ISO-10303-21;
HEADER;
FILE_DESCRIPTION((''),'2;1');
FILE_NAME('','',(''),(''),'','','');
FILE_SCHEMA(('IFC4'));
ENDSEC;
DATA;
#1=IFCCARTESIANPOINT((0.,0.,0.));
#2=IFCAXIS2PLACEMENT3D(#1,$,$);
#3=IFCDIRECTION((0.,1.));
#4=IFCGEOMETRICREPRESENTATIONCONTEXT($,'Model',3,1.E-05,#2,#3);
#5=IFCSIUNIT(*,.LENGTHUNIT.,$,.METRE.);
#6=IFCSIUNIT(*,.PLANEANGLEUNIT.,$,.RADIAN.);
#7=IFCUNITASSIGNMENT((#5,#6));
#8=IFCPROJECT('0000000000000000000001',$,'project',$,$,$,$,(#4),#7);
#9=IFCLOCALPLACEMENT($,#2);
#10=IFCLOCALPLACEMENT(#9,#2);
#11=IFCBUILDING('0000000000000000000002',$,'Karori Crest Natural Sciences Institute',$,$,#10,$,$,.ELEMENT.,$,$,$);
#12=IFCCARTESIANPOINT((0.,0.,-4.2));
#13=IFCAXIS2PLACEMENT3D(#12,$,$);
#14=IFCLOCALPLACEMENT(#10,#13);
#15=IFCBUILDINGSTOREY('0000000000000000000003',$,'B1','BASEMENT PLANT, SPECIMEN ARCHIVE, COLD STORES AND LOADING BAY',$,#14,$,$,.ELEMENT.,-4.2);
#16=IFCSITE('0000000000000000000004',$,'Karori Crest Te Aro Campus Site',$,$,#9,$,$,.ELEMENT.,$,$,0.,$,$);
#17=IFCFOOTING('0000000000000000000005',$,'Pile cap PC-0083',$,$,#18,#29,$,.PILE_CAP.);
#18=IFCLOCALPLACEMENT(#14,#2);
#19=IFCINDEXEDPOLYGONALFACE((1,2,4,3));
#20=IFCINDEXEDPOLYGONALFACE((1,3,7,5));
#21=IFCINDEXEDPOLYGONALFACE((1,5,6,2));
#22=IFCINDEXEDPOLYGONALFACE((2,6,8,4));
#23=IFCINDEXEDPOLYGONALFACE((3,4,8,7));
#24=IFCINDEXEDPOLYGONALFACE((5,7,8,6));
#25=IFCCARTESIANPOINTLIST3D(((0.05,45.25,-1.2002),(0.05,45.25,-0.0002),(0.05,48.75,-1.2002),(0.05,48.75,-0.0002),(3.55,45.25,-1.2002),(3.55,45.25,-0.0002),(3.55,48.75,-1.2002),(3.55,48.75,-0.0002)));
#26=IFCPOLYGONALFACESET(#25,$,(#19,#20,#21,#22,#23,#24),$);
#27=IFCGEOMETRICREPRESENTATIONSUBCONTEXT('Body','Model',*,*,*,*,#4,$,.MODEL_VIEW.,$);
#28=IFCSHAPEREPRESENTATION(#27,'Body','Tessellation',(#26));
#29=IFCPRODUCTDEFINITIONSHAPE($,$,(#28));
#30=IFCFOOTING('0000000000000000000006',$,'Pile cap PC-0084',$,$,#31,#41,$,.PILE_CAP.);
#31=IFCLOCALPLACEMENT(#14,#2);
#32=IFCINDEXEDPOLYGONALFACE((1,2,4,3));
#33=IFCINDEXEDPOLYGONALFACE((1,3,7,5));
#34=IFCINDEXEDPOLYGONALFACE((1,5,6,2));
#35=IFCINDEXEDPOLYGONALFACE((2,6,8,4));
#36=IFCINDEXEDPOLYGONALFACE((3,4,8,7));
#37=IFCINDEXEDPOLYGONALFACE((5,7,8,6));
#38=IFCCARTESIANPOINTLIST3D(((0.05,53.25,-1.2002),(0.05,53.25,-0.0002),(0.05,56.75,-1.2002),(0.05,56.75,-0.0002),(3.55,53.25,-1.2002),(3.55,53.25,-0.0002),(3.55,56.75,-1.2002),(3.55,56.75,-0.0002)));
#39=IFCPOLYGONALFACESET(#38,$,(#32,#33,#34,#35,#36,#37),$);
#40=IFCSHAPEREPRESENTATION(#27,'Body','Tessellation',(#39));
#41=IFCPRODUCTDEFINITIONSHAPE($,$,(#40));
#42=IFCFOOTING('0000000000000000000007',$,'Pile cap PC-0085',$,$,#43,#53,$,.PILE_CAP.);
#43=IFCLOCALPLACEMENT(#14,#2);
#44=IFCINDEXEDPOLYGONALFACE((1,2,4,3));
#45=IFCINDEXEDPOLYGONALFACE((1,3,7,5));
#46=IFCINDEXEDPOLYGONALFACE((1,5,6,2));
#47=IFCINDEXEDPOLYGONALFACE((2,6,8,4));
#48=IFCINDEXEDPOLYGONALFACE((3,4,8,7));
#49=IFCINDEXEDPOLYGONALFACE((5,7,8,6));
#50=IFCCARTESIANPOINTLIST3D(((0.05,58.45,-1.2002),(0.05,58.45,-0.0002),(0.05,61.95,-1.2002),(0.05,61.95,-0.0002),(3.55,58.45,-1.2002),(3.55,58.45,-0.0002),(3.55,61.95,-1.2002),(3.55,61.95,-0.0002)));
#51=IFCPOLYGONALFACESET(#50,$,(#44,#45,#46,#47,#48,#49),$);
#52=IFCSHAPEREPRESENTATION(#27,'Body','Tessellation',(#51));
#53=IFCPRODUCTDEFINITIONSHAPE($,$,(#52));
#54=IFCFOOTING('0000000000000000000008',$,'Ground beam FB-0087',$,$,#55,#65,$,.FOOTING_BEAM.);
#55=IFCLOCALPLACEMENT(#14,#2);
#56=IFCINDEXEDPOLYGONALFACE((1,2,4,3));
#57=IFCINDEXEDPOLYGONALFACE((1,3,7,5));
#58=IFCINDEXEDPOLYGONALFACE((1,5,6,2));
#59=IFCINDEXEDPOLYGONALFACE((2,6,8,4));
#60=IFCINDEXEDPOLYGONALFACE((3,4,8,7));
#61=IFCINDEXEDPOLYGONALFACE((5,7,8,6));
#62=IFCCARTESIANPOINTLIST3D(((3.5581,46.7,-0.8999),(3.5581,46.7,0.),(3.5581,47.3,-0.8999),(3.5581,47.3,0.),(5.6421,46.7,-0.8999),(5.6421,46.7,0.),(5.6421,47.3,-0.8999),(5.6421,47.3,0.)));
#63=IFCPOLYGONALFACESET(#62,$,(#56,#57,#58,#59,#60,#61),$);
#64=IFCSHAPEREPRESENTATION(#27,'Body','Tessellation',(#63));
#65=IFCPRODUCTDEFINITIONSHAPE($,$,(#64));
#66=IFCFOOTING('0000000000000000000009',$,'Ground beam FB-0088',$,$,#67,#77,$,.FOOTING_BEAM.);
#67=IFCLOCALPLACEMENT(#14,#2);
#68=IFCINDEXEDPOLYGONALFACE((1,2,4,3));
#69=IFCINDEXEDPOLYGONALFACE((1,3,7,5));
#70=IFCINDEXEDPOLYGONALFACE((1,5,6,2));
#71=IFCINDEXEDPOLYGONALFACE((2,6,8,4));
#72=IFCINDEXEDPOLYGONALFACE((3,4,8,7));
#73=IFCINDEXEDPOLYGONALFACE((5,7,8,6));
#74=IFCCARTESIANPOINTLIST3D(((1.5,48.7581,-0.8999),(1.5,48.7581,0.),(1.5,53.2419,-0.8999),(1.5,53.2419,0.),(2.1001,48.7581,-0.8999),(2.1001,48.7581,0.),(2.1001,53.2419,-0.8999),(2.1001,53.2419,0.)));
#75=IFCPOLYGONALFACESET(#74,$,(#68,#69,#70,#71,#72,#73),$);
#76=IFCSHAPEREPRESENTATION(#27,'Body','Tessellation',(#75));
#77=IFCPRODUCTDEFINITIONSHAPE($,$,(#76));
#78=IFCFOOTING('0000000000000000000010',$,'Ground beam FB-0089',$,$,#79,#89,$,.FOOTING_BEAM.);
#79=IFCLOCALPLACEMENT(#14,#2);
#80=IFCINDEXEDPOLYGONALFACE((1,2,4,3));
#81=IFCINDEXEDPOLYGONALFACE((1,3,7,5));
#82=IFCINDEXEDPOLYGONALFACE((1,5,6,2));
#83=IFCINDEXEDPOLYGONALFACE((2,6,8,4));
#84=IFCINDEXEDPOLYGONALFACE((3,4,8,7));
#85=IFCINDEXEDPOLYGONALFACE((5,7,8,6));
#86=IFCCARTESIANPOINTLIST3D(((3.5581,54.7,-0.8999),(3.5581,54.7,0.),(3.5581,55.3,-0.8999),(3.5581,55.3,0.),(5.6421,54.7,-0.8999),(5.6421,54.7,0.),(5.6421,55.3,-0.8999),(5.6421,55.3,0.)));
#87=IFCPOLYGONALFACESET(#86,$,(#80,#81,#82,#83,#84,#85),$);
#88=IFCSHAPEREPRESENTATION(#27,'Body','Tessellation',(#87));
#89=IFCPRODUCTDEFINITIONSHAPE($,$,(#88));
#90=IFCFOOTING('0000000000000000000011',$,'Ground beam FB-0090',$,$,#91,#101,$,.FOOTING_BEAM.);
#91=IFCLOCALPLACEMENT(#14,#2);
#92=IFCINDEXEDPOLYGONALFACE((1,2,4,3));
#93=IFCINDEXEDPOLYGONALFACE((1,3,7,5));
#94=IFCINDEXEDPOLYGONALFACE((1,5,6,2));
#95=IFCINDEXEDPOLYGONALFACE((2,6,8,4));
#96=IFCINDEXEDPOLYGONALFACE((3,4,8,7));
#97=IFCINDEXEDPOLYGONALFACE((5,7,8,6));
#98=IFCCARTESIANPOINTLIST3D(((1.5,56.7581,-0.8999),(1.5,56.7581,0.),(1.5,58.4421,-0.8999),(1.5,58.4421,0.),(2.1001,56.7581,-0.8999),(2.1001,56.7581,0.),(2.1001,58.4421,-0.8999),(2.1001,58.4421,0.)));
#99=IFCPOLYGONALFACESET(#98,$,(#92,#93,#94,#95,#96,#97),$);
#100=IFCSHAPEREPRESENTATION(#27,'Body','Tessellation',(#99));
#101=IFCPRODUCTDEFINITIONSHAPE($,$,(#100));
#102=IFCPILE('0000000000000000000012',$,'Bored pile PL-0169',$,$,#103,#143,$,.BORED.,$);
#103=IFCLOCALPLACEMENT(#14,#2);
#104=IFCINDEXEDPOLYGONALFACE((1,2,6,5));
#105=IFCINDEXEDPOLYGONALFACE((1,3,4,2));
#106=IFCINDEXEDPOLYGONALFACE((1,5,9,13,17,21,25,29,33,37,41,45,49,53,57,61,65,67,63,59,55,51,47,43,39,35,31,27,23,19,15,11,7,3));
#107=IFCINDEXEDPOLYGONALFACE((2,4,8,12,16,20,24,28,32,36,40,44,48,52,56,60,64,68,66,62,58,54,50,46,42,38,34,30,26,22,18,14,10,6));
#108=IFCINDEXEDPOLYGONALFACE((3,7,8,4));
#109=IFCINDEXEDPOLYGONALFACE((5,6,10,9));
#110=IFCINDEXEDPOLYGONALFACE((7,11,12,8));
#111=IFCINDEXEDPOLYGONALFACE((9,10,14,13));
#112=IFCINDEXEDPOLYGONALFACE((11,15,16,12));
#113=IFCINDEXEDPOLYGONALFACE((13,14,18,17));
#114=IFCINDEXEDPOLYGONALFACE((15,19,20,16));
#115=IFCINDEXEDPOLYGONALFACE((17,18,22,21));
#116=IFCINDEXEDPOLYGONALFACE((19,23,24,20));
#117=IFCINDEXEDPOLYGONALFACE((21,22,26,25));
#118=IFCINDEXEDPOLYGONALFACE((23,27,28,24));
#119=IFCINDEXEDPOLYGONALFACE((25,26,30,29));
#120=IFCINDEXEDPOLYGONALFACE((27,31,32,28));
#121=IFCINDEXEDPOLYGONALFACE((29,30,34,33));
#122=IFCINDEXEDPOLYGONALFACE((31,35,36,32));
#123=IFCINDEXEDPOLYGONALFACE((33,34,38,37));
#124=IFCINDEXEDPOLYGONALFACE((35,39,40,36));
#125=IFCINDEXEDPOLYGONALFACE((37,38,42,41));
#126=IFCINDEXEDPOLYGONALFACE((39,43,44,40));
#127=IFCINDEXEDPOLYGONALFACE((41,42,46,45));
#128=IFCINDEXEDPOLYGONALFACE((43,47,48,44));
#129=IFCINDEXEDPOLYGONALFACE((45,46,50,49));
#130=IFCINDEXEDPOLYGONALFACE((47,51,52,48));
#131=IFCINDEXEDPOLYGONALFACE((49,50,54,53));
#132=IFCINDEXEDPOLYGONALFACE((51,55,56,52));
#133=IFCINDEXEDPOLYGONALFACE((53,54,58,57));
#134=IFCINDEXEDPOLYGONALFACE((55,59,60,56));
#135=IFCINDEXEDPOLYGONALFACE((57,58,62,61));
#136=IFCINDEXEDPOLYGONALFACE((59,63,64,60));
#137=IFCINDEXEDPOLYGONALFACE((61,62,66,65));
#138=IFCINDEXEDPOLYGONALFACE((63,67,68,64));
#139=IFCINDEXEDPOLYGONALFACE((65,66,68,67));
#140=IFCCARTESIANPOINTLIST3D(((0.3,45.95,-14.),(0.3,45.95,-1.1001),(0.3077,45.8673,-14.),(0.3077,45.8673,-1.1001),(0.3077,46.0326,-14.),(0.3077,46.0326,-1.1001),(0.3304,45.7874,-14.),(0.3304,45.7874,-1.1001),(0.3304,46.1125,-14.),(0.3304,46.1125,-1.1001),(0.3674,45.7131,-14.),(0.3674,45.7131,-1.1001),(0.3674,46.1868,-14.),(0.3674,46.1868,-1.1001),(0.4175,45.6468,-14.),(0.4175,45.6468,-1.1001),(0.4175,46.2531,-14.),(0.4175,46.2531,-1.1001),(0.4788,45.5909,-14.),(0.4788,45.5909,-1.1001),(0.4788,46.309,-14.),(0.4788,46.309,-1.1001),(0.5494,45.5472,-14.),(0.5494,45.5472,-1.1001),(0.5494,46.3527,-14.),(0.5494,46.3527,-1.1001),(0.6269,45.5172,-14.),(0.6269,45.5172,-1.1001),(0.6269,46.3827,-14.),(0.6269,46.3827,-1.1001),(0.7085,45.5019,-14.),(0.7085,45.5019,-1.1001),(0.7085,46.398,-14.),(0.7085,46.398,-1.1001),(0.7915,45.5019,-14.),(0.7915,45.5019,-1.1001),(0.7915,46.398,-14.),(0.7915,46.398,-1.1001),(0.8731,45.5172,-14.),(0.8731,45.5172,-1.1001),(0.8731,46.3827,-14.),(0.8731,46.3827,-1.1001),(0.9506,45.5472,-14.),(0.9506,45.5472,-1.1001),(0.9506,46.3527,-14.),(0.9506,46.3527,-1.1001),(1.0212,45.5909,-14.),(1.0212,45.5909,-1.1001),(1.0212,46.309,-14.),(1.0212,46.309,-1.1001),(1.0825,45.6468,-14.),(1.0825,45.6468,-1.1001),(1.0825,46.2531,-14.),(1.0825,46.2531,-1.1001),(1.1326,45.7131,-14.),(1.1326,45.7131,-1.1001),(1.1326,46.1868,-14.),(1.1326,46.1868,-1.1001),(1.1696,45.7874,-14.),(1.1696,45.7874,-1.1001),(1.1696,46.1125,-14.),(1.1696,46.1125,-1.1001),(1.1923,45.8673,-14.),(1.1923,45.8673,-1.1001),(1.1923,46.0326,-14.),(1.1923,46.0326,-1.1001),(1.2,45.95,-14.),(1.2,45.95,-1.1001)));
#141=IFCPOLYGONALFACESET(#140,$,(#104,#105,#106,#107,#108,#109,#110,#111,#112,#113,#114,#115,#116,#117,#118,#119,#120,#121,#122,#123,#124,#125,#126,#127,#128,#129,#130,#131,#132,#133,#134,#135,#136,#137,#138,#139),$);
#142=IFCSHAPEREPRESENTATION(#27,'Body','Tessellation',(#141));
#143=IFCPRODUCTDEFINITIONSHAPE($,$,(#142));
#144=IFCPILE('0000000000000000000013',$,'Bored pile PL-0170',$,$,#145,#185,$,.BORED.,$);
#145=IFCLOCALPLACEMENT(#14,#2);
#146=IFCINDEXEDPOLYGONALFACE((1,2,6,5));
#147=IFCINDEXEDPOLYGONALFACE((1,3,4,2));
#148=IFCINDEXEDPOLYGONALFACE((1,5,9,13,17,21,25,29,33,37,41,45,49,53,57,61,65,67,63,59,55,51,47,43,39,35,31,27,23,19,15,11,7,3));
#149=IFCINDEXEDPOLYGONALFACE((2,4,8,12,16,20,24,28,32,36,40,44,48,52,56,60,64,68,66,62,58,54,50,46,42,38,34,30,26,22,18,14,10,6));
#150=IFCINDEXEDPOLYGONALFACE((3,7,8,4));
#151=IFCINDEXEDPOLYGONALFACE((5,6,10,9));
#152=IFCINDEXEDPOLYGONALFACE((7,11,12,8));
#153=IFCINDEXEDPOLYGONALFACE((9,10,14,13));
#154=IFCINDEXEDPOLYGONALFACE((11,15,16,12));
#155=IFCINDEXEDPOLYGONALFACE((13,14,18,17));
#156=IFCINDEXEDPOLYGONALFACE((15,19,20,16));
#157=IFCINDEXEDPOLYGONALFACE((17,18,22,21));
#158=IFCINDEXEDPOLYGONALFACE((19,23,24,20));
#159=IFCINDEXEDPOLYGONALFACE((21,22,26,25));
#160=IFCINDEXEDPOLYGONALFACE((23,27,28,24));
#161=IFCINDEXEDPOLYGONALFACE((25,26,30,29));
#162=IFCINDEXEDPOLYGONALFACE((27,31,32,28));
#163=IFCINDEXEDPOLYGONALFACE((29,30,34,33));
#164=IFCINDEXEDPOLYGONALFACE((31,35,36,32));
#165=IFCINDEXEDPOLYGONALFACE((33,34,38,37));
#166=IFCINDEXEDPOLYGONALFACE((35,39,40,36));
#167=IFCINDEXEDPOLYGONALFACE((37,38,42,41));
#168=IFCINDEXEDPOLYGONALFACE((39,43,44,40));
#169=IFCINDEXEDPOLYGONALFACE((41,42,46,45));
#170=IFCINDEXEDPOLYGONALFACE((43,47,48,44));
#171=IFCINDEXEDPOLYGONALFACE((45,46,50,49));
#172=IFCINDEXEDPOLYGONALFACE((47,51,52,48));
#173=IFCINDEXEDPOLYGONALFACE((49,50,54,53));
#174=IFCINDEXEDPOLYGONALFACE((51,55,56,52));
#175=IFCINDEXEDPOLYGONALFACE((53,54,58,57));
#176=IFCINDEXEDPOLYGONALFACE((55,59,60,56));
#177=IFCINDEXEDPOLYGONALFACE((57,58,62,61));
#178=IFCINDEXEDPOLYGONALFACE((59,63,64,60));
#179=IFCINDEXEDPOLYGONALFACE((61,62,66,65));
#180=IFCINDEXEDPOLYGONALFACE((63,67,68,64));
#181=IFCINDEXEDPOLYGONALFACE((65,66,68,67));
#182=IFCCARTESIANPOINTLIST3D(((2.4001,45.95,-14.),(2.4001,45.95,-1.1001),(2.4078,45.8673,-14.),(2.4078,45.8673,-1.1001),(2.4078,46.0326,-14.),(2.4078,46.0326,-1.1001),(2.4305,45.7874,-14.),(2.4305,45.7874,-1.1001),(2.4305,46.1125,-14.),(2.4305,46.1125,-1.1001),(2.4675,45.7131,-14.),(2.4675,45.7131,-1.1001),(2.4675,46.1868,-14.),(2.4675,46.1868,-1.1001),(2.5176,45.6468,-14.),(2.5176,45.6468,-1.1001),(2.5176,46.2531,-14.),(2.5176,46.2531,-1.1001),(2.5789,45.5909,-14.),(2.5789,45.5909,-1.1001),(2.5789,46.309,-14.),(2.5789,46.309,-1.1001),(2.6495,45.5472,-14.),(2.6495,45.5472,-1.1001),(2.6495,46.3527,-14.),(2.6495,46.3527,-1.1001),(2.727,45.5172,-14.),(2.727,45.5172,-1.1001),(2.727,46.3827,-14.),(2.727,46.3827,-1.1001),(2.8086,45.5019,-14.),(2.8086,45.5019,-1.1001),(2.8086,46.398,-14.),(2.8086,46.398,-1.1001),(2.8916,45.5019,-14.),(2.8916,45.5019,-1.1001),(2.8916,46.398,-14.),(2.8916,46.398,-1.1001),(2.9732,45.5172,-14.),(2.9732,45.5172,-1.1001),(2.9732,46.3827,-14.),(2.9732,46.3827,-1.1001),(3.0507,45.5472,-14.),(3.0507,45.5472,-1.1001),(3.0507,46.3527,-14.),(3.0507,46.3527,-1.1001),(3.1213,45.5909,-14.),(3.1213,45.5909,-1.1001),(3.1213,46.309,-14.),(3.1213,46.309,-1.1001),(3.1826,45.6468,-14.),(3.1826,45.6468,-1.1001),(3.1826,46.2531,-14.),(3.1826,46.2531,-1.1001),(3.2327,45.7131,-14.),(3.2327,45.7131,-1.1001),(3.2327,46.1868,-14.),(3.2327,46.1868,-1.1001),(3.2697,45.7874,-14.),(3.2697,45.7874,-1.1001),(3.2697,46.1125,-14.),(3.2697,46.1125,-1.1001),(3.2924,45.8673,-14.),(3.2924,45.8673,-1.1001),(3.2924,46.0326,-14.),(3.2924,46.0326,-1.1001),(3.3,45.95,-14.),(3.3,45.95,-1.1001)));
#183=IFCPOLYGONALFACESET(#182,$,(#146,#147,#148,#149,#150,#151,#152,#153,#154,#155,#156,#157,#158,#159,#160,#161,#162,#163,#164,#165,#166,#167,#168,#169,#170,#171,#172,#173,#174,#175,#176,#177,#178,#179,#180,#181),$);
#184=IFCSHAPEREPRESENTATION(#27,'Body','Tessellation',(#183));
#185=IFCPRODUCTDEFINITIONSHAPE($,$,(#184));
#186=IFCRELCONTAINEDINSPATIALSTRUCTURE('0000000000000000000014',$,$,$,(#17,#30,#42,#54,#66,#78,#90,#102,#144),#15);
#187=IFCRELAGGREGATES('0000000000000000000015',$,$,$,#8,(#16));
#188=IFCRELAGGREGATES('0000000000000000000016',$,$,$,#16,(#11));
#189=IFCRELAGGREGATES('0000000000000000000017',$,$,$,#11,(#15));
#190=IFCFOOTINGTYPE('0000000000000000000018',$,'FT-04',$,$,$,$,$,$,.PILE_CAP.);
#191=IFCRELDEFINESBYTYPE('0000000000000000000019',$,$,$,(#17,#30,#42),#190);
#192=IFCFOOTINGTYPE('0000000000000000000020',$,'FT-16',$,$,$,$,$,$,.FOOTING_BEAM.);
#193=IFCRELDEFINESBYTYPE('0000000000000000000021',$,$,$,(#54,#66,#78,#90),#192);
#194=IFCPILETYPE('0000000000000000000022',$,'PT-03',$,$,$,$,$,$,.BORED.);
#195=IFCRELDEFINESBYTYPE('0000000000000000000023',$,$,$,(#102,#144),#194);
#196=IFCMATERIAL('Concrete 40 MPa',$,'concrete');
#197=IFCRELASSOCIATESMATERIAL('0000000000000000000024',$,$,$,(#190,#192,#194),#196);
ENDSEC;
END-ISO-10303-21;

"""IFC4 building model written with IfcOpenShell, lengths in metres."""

from ifc_helpers import new_model, si_unit, direction, frame, origin, origin_2d, place, context, subcontext, project, spatial, rectangle, circle, extrude, material, material_profile, profile_set, type_object, element, save


model = new_model("IFC4")

# Units and contexts
model_context = context("Model", 3, precision=1e-05, world=origin(), true_north=direction((0.0, 1.0)))
body_context = subcontext(model_context, "Body", "Model", "MODEL_VIEW")
ifc_project = project(units=[si_unit("LENGTHUNIT", "METRE"), si_unit("PLANEANGLEUNIT", "RADIAN")], contexts=[model_context])

# Site, building, storey
site_placement = place(None, origin())
site = spatial("IfcSite", under=ifc_project, at=site_placement, Name="Karori Crest Te Aro Campus Site", CompositionType="ELEMENT", RefElevation=0.0)
building_placement = place(site_placement, origin())
building = spatial("IfcBuilding", under=site, at=building_placement, Name="Karori Crest Natural Sciences Institute", CompositionType="ELEMENT")
storey_placement = place(building_placement, frame((0.0, 0.0, -4.2)))
storey = spatial("IfcBuildingStorey", under=building, at=storey_placement, Name="B1", Description="BASEMENT PLANT, SPECIMEN ARCHIVE, COLD STORES AND LOADING BAY", CompositionType="ELEMENT", Elevation=-4.2)

# Footings
ifc_material_1 = material(Name="Concrete 40 MPa", Category="concrete")
footing_type_1 = type_object("IfcFootingType", Name="FT-04", PredefinedType="PILE_CAP", material=ifc_material_1)
for number, where, z_axis, x_axis, name in (
    (1, (1.8, 47.0, -1.2002), (0.0, 0.0, 1.0), (1.0, 0.0, 0.0), "Pile cap PC-0083"),
    (2, (1.8, 55.0, -1.2002), (0.0, 0.0, 1.0), (1.0, 0.0, 0.0), "Pile cap PC-0084"),
    (3, (1.8, 60.2, -1.2002), (0.0, 0.0, 1.0), (1.0, 0.0, 0.0), "Pile cap PC-0085"),
):
    element("IfcFooting", number, at=place(storey_placement, frame(where, z_axis=z_axis, x_axis=x_axis)), inside=storey, type_object=footing_type_1, Name=name, PredefinedType="PILE_CAP", context=body_context, shape_type="SweptSolid", body=[
        extrude(rectangle(XDim=3.5, YDim=3.5, at=origin_2d()), origin(), (0.0, 0.0, 1.0), 1.2),
    ])
footing_type_2 = type_object("IfcFootingType", Name="FT-16", PredefinedType="FOOTING_BEAM", material=ifc_material_1)
footing_1_placement = place(storey_placement, frame((4.6001, 47.0, -0.8999), z_axis=(0.0, 0.0, 1.0), x_axis=(1.0, 0.0, 0.0)))
element("IfcFooting", 4, at=footing_1_placement, inside=storey, type_object=footing_type_2, Name="Ground beam FB-0087", PredefinedType="FOOTING_BEAM", context=body_context, shape_type="SweptSolid", body=[
    extrude(rectangle(XDim=2.084, YDim=0.6001, at=origin_2d()), origin(), (0.0, 0.0, 1.0), 0.8999),
])
footing_2_placement = place(storey_placement, frame((1.8, 51.0, -0.8999), z_axis=(0.0, 0.0, 1.0), x_axis=(0.0, 1.0, 0.0)))
element("IfcFooting", 5, at=footing_2_placement, inside=storey, type_object=footing_type_2, Name="Ground beam FB-0088", PredefinedType="FOOTING_BEAM", context=body_context, shape_type="SweptSolid", body=[
    extrude(rectangle(XDim=4.4839, YDim=0.6001, at=origin_2d()), origin(), (0.0, 0.0, 1.0), 0.8999),
])
footing_3_placement = place(storey_placement, frame((4.6001, 55.0, -0.8999), z_axis=(0.0, 0.0, 1.0), x_axis=(1.0, 0.0, 0.0)))
element("IfcFooting", 6, at=footing_3_placement, inside=storey, type_object=footing_type_2, Name="Ground beam FB-0089", PredefinedType="FOOTING_BEAM", context=body_context, shape_type="SweptSolid", body=[
    extrude(rectangle(XDim=2.084, YDim=0.6001, at=origin_2d()), origin(), (0.0, 0.0, 1.0), 0.8999),
])
footing_4_placement = place(storey_placement, frame((1.8, 57.6001, -0.8999), z_axis=(0.0, 0.0, 1.0), x_axis=(0.0, 1.0, 0.0)))
element("IfcFooting", 7, at=footing_4_placement, inside=storey, type_object=footing_type_2, Name="Ground beam FB-0090", PredefinedType="FOOTING_BEAM", context=body_context, shape_type="SweptSolid", body=[
    extrude(rectangle(XDim=1.6841, YDim=0.6001, at=origin_2d()), origin(), (0.0, 0.0, 1.0), 0.8999),
])

# Piles
ifc_material_profile_1 = material_profile(ifc_material_1, circle(Radius=0.45, at=origin_2d()), Name="PILE900")
ifc_profile_set_1 = profile_set([ifc_material_profile_1], Name="Concrete 40 MPa")
pile_type = type_object("IfcPileType", Name="PT-03", PredefinedType="BORED", material=ifc_profile_set_1)
for number, where, z_axis, x_axis, name in (
    (8, (0.75, 45.95, -1.1001), (0.0, 0.0, -1.0), (1.0, 0.0, 0.0), "Bored pile PL-0169"),
    (9, (2.8501, 45.95, -1.1001), (0.0, 0.0, -1.0), (1.0, 0.0, 0.0), "Bored pile PL-0170"),
):
    element("IfcPile", number, at=place(storey_placement, frame(where, z_axis=z_axis, x_axis=x_axis)), inside=storey, type_object=pile_type, Name=name, PredefinedType="BORED", context=body_context, shape_type="SweptSolid", body=[
        extrude(circle(Radius=0.45, at=origin_2d()), origin(), (0.0, 0.0, 1.0), 12.8999),
    ])

save(model, "model.ifc")
